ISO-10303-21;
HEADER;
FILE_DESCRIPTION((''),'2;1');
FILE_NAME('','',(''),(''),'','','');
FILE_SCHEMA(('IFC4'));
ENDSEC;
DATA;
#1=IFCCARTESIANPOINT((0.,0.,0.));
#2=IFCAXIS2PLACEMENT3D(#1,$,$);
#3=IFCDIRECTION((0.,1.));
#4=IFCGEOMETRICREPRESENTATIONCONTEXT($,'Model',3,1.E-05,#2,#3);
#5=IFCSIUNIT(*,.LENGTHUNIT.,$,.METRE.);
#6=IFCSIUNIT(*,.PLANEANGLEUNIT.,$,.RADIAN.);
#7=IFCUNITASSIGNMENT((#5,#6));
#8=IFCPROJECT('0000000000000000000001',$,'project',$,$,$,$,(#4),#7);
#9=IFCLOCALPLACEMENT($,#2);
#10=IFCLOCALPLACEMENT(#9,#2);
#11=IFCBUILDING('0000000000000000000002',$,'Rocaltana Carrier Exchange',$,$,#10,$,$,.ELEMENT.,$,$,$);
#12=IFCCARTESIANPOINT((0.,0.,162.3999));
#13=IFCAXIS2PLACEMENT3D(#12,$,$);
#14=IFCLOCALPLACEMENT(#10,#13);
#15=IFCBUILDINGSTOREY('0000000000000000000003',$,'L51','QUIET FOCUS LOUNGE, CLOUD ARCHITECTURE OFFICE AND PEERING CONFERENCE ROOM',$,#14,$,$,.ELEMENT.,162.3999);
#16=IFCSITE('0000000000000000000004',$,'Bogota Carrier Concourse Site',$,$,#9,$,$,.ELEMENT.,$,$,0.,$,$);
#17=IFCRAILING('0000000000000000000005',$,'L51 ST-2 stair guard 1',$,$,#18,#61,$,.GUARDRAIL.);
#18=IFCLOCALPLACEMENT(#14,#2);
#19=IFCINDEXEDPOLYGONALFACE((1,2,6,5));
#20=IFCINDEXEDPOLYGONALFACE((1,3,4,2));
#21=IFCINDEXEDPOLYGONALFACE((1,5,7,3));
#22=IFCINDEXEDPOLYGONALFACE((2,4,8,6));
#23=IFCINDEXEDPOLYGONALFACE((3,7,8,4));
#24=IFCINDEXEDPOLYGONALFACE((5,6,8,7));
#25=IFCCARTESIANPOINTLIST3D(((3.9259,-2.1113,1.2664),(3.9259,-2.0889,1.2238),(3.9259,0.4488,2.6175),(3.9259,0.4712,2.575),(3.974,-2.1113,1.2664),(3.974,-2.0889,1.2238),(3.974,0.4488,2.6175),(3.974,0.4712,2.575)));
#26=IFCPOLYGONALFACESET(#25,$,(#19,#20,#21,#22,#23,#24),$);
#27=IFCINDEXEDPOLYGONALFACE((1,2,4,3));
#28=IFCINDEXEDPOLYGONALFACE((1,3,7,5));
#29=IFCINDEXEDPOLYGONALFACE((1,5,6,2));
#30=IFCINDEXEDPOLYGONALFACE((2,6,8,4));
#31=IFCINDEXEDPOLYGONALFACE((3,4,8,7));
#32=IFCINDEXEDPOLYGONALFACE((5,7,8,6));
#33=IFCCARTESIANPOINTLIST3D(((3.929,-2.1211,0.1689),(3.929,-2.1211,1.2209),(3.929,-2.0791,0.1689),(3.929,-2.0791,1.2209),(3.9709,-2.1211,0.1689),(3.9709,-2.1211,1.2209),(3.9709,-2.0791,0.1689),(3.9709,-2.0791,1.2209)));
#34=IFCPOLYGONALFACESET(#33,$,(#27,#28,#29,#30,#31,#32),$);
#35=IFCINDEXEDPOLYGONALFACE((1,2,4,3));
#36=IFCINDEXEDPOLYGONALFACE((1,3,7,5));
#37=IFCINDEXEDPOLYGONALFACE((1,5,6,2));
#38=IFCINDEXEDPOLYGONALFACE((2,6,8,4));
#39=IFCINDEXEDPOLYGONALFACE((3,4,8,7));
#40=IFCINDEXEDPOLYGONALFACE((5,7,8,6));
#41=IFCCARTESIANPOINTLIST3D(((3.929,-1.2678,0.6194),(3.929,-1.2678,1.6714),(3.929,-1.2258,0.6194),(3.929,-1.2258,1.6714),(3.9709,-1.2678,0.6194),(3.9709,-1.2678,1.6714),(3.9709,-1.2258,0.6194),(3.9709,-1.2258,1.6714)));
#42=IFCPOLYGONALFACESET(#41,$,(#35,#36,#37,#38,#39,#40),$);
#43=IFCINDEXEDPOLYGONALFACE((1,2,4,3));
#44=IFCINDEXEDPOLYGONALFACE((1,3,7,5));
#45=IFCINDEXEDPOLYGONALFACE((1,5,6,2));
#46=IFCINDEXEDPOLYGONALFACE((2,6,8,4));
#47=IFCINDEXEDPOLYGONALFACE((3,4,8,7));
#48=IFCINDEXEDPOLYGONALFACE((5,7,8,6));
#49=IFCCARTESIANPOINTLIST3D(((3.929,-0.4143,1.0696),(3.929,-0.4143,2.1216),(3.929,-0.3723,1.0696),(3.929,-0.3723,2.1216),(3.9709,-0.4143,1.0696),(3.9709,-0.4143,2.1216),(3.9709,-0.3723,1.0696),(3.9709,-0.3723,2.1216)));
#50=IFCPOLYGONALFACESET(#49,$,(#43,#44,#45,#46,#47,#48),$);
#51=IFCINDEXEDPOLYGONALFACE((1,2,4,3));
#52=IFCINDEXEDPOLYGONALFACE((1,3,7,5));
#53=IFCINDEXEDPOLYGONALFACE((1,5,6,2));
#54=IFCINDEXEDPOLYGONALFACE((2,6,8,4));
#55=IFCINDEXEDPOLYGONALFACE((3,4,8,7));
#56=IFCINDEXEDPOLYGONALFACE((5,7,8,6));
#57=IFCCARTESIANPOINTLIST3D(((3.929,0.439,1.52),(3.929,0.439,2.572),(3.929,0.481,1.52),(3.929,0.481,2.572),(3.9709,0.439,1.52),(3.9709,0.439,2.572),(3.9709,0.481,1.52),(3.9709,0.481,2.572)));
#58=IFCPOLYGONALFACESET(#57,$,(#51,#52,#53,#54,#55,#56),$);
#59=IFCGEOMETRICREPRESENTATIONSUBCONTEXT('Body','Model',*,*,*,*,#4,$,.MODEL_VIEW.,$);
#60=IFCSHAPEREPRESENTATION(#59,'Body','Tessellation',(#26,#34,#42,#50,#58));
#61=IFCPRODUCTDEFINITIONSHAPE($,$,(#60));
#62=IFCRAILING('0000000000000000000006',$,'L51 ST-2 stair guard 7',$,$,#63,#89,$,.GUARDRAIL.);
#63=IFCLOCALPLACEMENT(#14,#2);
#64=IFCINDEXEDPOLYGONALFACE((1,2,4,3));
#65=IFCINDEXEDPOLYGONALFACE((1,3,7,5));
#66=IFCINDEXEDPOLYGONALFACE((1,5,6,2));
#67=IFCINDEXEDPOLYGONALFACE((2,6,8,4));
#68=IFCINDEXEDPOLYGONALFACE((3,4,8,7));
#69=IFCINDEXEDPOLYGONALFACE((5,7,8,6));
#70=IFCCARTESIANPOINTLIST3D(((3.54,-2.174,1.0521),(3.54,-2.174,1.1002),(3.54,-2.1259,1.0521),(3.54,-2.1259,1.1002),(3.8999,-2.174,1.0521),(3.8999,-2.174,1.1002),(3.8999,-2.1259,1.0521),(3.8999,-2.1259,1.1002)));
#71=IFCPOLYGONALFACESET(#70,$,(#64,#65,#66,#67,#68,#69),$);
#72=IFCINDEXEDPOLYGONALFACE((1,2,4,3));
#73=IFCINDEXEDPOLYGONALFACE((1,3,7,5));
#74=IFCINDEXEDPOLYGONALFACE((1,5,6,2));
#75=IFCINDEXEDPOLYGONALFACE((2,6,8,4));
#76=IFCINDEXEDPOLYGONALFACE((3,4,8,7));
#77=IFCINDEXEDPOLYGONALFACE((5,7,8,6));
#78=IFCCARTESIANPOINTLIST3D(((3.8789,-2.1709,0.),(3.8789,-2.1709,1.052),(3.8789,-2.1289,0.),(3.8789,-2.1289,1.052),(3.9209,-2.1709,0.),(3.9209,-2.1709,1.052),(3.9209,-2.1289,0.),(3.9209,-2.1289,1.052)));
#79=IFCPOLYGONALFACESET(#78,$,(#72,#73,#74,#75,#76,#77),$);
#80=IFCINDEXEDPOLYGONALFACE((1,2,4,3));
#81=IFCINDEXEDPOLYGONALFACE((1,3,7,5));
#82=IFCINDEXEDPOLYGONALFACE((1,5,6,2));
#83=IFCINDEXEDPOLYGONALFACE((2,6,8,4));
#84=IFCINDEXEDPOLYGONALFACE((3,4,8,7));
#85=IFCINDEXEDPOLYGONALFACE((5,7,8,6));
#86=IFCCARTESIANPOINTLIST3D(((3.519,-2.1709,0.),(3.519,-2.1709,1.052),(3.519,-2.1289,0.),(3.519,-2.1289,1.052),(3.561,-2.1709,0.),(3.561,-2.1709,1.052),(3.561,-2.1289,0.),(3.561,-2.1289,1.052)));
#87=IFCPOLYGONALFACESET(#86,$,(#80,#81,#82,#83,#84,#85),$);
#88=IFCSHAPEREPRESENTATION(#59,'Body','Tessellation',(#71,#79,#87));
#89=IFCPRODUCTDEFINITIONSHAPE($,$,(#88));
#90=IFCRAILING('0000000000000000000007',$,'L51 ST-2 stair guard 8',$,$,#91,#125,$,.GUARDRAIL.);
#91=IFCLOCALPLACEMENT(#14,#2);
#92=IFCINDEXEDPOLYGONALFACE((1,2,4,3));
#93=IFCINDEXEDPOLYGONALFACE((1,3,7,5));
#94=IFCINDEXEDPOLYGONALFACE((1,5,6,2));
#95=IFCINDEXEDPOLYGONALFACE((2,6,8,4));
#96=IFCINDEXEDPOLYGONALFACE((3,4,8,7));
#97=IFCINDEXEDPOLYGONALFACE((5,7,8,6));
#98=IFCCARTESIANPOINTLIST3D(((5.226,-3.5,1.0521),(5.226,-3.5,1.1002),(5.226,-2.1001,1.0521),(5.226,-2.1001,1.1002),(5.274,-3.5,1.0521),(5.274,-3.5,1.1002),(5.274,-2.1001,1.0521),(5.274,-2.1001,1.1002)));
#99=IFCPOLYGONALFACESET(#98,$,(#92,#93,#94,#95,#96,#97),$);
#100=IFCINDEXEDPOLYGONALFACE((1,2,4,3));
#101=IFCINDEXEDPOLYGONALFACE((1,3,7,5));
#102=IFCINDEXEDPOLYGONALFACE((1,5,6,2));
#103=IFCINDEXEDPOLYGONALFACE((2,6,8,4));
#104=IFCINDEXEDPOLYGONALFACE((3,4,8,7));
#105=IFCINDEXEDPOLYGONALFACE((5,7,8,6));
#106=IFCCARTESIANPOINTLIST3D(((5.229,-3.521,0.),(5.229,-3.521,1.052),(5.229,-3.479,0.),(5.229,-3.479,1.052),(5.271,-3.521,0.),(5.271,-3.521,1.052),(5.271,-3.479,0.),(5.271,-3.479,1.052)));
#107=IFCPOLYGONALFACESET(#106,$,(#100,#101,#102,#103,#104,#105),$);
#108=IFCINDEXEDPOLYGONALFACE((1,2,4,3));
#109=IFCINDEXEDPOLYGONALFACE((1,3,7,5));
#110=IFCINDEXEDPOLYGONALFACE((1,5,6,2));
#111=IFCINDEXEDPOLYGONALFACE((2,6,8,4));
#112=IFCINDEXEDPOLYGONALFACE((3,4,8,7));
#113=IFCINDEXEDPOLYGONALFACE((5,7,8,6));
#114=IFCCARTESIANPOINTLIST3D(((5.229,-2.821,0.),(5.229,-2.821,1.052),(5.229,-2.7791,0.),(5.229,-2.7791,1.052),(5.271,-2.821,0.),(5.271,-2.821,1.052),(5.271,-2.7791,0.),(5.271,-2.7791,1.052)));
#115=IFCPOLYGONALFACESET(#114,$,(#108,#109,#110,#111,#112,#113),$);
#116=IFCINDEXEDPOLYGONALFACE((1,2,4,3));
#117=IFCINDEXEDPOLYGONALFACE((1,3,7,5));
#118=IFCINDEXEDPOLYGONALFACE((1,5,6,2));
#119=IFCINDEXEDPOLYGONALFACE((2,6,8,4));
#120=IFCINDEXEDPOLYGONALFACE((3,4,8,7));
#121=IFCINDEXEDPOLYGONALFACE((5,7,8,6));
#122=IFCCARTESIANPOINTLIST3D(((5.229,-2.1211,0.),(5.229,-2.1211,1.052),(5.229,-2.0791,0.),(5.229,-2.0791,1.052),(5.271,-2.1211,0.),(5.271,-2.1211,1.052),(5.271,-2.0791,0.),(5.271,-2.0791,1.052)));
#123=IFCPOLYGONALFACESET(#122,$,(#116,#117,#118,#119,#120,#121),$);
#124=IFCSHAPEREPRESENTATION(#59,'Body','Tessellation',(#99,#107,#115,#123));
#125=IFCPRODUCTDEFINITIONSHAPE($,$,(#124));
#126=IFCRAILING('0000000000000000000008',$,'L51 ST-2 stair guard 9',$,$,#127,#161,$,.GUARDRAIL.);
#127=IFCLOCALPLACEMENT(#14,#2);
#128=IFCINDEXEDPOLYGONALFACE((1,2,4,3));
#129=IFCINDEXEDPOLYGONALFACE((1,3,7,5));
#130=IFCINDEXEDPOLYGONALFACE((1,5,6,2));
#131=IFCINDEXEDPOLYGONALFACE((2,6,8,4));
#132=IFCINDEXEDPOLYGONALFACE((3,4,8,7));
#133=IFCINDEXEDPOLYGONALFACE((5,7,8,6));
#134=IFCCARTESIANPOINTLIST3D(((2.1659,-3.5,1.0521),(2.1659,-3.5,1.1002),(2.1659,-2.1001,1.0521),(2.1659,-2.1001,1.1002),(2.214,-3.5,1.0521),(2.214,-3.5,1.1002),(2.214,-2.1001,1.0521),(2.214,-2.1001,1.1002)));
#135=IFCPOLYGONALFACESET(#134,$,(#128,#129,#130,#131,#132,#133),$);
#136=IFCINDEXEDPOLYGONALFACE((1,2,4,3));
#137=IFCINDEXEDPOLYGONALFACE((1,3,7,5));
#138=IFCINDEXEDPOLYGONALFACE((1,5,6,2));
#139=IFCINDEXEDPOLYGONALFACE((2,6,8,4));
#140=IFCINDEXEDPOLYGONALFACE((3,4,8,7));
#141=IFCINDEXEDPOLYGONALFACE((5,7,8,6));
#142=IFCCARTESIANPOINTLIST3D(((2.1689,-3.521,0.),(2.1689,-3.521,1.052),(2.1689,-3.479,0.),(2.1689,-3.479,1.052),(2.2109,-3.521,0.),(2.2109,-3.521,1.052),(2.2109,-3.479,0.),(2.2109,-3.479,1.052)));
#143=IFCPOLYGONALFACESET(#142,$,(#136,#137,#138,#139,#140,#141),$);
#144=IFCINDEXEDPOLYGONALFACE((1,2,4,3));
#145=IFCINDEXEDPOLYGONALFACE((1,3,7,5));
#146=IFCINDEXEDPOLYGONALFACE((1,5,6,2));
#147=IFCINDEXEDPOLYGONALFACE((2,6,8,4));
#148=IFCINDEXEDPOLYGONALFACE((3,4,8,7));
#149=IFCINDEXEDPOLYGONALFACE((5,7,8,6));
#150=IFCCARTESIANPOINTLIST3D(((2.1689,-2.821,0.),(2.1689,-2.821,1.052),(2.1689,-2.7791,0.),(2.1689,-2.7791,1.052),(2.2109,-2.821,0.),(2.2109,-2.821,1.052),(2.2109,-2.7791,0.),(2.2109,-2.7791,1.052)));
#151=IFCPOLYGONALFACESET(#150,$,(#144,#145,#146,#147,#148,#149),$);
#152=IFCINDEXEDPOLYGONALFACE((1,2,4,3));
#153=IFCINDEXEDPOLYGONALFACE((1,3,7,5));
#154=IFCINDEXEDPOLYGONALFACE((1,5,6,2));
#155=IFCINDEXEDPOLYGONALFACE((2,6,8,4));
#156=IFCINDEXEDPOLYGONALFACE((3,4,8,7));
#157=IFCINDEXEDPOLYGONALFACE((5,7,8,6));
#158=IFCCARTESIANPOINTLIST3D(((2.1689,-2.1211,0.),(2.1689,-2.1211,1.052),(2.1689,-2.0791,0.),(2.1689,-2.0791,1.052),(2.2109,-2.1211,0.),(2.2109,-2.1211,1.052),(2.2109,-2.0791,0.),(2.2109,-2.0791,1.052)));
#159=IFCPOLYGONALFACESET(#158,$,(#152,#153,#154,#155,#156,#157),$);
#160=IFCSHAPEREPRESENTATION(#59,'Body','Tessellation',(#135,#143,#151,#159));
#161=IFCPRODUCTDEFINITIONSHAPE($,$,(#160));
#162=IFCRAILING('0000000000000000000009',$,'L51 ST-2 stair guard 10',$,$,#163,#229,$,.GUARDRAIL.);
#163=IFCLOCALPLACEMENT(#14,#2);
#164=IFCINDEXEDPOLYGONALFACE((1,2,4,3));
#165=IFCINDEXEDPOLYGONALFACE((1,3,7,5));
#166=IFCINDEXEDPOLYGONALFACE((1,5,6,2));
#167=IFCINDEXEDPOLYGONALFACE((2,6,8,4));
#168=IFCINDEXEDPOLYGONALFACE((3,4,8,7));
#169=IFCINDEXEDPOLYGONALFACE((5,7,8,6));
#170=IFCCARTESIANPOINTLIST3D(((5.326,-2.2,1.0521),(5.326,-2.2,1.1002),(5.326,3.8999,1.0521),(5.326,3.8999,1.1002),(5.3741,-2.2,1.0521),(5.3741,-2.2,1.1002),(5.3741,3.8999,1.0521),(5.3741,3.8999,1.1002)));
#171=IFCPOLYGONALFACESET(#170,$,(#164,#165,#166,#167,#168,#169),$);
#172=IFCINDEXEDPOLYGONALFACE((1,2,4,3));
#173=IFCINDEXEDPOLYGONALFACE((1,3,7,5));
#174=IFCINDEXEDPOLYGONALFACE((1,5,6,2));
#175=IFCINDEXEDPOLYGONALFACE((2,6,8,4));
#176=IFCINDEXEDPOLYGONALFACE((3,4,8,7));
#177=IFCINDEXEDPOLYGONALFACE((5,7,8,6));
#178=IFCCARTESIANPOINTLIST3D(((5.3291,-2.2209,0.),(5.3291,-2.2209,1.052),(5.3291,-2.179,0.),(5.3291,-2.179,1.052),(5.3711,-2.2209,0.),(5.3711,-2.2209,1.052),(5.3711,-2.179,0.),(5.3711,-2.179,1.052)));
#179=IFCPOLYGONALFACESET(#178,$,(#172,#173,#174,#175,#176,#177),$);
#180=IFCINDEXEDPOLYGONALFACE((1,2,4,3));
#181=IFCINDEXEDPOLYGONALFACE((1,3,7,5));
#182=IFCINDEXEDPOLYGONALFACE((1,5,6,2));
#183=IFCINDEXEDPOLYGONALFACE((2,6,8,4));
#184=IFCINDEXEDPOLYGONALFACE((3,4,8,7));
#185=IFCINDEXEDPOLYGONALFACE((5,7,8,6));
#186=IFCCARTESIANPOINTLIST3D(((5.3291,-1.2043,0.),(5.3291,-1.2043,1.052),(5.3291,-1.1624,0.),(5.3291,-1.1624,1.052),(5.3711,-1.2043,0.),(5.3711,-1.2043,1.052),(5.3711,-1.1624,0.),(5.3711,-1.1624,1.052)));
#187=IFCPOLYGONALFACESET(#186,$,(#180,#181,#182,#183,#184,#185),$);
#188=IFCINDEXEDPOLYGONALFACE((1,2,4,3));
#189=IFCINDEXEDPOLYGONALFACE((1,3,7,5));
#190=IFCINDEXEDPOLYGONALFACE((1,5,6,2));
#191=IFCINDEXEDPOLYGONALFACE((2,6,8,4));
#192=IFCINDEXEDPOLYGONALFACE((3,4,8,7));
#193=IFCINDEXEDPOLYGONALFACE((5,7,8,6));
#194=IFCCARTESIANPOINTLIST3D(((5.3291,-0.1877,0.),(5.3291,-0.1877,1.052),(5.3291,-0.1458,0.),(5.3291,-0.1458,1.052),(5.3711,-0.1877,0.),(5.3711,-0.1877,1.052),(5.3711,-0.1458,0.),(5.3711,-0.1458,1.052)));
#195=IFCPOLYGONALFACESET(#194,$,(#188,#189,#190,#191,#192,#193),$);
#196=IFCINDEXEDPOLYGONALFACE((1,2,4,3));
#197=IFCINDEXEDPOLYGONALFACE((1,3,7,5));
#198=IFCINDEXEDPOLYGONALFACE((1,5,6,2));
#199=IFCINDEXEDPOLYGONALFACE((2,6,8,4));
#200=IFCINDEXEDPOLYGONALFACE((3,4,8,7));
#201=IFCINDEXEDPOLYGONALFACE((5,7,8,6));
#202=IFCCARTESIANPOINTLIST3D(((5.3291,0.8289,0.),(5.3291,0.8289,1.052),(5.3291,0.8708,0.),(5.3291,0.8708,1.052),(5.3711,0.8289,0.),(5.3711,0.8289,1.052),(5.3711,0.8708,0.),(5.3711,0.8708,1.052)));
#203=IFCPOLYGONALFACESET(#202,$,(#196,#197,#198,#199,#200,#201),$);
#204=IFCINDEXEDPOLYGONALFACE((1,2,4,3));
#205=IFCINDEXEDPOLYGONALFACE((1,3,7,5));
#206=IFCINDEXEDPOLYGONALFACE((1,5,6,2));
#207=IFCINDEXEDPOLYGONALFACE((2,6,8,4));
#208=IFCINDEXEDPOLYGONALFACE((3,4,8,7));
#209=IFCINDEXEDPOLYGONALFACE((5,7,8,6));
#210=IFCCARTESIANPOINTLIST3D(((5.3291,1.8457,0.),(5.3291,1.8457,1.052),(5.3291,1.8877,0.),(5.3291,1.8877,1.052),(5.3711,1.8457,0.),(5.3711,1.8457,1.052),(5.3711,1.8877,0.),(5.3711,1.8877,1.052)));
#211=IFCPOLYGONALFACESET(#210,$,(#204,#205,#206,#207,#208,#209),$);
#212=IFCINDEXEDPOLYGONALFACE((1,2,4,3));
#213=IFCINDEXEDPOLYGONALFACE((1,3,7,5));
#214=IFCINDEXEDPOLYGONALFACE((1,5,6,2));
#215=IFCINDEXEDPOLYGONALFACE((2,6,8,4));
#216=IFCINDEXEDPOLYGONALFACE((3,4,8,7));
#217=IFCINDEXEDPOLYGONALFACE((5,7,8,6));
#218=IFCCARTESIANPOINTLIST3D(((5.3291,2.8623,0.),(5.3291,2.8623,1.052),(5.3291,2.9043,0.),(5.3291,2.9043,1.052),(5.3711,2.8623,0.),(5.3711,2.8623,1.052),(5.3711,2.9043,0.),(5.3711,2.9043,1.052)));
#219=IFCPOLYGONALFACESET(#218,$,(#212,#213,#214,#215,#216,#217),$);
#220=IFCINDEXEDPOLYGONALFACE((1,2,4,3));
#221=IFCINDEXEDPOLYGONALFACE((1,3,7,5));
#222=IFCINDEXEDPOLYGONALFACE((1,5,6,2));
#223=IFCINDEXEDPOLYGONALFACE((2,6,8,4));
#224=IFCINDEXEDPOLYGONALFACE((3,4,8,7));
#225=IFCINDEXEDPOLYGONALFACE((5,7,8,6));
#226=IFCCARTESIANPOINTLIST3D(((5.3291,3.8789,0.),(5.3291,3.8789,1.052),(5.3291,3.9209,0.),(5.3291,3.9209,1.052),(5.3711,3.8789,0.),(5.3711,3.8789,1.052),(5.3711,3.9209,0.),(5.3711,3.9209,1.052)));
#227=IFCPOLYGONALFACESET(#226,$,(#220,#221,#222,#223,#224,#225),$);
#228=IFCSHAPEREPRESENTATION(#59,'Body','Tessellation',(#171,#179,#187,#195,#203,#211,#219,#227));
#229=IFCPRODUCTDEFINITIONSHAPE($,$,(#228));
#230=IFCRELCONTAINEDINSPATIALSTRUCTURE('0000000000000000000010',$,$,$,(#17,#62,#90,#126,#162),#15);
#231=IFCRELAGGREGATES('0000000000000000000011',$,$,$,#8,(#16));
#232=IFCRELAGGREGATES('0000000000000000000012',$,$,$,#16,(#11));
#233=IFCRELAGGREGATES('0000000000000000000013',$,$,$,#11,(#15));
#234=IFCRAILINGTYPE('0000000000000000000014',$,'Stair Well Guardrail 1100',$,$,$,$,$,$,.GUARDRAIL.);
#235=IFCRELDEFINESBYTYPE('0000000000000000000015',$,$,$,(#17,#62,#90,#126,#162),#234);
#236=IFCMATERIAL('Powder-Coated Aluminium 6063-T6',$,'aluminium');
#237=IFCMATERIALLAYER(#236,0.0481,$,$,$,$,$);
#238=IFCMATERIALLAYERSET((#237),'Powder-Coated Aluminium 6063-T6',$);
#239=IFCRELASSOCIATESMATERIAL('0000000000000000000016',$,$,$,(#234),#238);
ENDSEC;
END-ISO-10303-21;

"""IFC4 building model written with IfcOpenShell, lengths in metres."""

from ifc_helpers import new_model, si_unit, direction, frame, origin, origin_2d, place, context, subcontext, project, spatial, rectangle, extrude, material, layer, layer_set, type_object, element, save


model = new_model("IFC4")

# Units and contexts
model_context = context("Model", 3, precision=1e-05, world=origin(), true_north=direction((0.0, 1.0)))
body_context = subcontext(model_context, "Body", "Model", "MODEL_VIEW")
ifc_project = project(units=[si_unit("LENGTHUNIT", "METRE"), si_unit("PLANEANGLEUNIT", "RADIAN")], contexts=[model_context])

# Site, building, storey
site_placement = place(None, origin())
site = spatial("IfcSite", under=ifc_project, at=site_placement, Name="Bogota Carrier Concourse Site", CompositionType="ELEMENT", RefElevation=0.0)
building_placement = place(site_placement, origin())
building = spatial("IfcBuilding", under=site, at=building_placement, Name="Rocaltana Carrier Exchange", CompositionType="ELEMENT")
storey_placement = place(building_placement, frame((0.0, 0.0, 162.3999)))
storey = spatial("IfcBuildingStorey", under=building, at=storey_placement, Name="L51", Description="QUIET FOCUS LOUNGE, CLOUD ARCHITECTURE OFFICE AND PEERING CONFERENCE ROOM", CompositionType="ELEMENT", Elevation=162.3999)

# Railings
ifc_material_1 = material(Name="Powder-Coated Aluminium 6063-T6", Category="aluminium")
ifc_layer_1 = layer(ifc_material_1, 0.0481)
ifc_layer_set_1 = layer_set([ifc_layer_1], Name="Powder-Coated Aluminium 6063-T6")
railing_type_1 = type_object("IfcRailingType", Name="Stair Well Guardrail 1100", PredefinedType="GUARDRAIL", material=ifc_layer_set_1)
railing_1_placement = place(storey_placement, frame((3.95, -2.1001, 0.1689)))
element("IfcRailing", 1, at=railing_1_placement, inside=storey, type_object=railing_type_1, Name="L51 ST-2 stair guard 1", PredefinedType="GUARDRAIL", context=body_context, shape_type="SweptSolid", body=[
    extrude(rectangle(XDim=0.0481, YDim=0.0481, at=origin_2d()), frame((0.0, 0.0, 1.0762), z_axis=(0.0, 0.884394, 0.46674), x_axis=(-1.0, 0.0, 0.0)), (0.0, 0.0, 1.0), 2.8948),
    extrude(rectangle(XDim=0.042, YDim=0.042, at=origin_2d()), origin(), (0.0, 0.0, 1.0), 1.052),
    extrude(rectangle(XDim=0.042, YDim=0.042, at=origin_2d()), frame((0.0, 0.8533, 0.4504)), (0.0, 0.0, 1.0), 1.052),
    extrude(rectangle(XDim=0.042, YDim=0.042, at=origin_2d()), frame((0.0, 1.7068, 0.9006)), (0.0, 0.0, 1.0), 1.052),
    extrude(rectangle(XDim=0.042, YDim=0.042, at=origin_2d()), frame((0.0, 2.5601, 1.3511)), (0.0, 0.0, 1.0), 1.052),
])
railing_2_placement = place(storey_placement, frame((3.8999, -2.1499, 0.0)))
element("IfcRailing", 2, at=railing_2_placement, inside=storey, type_object=railing_type_1, Name="L51 ST-2 stair guard 7", PredefinedType="GUARDRAIL", context=body_context, shape_type="SweptSolid", body=[
    extrude(rectangle(XDim=0.0481, YDim=0.0481, at=origin_2d()), frame((0.0, 0.0, 1.0762), z_axis=(-1.0, 0.0, 0.0), x_axis=(0.0, -1.0, 0.0)), (0.0, 0.0, 1.0), 0.3599),
    extrude(rectangle(XDim=0.042, YDim=0.042, at=origin_2d()), origin(), (0.0, 0.0, 1.0), 1.052),
    extrude(rectangle(XDim=0.042, YDim=0.042, at=origin_2d()), frame((-0.3599, 0.0, 0.0)), (0.0, 0.0, 1.0), 1.052),
])
for number, where, name in (
    (3, (5.25, -3.5, 0.0), "L51 ST-2 stair guard 8"),
    (4, (2.1899, -3.5, 0.0), "L51 ST-2 stair guard 9"),
):
    element("IfcRailing", number, at=place(storey_placement, frame(where)), inside=storey, type_object=railing_type_1, Name=name, PredefinedType="GUARDRAIL", context=body_context, shape_type="SweptSolid", body=[
        extrude(rectangle(XDim=0.0481, YDim=0.0481, at=origin_2d()), frame((0.0, 0.0, 1.0762), z_axis=(0.0, 1.0, 0.0), x_axis=(-1.0, 0.0, 0.0)), (0.0, 0.0, 1.0), 1.3999),
        extrude(rectangle(XDim=0.042, YDim=0.042, at=origin_2d()), origin(), (0.0, 0.0, 1.0), 1.052),
        extrude(rectangle(XDim=0.042, YDim=0.042, at=origin_2d()), frame((0.0, 0.7, 0.0)), (0.0, 0.0, 1.0), 1.052),
        extrude(rectangle(XDim=0.042, YDim=0.042, at=origin_2d()), frame((0.0, 1.3999, 0.0)), (0.0, 0.0, 1.0), 1.052),
    ])
for number, where, name in (
    (5, (5.3501, -2.2, 0.0), "L51 ST-2 stair guard 10"),
):
    element("IfcRailing", number, at=place(storey_placement, frame(where)), inside=storey, type_object=railing_type_1, Name=name, PredefinedType="GUARDRAIL", context=body_context, shape_type="SweptSolid", body=[
        extrude(rectangle(XDim=0.0481, YDim=0.0481, at=origin_2d()), frame((0.0, 0.0, 1.0762), z_axis=(0.0, 1.0, 0.0), x_axis=(-1.0, 0.0, 0.0)), (0.0, 0.0, 1.0), 6.0999),
        extrude(rectangle(XDim=0.042, YDim=0.042, at=origin_2d()), origin(), (0.0, 0.0, 1.0), 1.052),
        extrude(rectangle(XDim=0.042, YDim=0.042, at=origin_2d()), frame((0.0, 1.0166, 0.0)), (0.0, 0.0, 1.0), 1.052),
        extrude(rectangle(XDim=0.042, YDim=0.042, at=origin_2d()), frame((0.0, 2.0332, 0.0)), (0.0, 0.0, 1.0), 1.052),
        extrude(rectangle(XDim=0.042, YDim=0.042, at=origin_2d()), frame((0.0, 3.0498, 0.0)), (0.0, 0.0, 1.0), 1.052),
        extrude(rectangle(XDim=0.042, YDim=0.042, at=origin_2d()), frame((0.0, 4.0667, 0.0)), (0.0, 0.0, 1.0), 1.052),
        extrude(rectangle(XDim=0.042, YDim=0.042, at=origin_2d()), frame((0.0, 5.0833, 0.0)), (0.0, 0.0, 1.0), 1.052),
        extrude(rectangle(XDim=0.042, YDim=0.042, at=origin_2d()), frame((0.0, 6.0999, 0.0)), (0.0, 0.0, 1.0), 1.052),
    ])

save(model, "model.ifc")
